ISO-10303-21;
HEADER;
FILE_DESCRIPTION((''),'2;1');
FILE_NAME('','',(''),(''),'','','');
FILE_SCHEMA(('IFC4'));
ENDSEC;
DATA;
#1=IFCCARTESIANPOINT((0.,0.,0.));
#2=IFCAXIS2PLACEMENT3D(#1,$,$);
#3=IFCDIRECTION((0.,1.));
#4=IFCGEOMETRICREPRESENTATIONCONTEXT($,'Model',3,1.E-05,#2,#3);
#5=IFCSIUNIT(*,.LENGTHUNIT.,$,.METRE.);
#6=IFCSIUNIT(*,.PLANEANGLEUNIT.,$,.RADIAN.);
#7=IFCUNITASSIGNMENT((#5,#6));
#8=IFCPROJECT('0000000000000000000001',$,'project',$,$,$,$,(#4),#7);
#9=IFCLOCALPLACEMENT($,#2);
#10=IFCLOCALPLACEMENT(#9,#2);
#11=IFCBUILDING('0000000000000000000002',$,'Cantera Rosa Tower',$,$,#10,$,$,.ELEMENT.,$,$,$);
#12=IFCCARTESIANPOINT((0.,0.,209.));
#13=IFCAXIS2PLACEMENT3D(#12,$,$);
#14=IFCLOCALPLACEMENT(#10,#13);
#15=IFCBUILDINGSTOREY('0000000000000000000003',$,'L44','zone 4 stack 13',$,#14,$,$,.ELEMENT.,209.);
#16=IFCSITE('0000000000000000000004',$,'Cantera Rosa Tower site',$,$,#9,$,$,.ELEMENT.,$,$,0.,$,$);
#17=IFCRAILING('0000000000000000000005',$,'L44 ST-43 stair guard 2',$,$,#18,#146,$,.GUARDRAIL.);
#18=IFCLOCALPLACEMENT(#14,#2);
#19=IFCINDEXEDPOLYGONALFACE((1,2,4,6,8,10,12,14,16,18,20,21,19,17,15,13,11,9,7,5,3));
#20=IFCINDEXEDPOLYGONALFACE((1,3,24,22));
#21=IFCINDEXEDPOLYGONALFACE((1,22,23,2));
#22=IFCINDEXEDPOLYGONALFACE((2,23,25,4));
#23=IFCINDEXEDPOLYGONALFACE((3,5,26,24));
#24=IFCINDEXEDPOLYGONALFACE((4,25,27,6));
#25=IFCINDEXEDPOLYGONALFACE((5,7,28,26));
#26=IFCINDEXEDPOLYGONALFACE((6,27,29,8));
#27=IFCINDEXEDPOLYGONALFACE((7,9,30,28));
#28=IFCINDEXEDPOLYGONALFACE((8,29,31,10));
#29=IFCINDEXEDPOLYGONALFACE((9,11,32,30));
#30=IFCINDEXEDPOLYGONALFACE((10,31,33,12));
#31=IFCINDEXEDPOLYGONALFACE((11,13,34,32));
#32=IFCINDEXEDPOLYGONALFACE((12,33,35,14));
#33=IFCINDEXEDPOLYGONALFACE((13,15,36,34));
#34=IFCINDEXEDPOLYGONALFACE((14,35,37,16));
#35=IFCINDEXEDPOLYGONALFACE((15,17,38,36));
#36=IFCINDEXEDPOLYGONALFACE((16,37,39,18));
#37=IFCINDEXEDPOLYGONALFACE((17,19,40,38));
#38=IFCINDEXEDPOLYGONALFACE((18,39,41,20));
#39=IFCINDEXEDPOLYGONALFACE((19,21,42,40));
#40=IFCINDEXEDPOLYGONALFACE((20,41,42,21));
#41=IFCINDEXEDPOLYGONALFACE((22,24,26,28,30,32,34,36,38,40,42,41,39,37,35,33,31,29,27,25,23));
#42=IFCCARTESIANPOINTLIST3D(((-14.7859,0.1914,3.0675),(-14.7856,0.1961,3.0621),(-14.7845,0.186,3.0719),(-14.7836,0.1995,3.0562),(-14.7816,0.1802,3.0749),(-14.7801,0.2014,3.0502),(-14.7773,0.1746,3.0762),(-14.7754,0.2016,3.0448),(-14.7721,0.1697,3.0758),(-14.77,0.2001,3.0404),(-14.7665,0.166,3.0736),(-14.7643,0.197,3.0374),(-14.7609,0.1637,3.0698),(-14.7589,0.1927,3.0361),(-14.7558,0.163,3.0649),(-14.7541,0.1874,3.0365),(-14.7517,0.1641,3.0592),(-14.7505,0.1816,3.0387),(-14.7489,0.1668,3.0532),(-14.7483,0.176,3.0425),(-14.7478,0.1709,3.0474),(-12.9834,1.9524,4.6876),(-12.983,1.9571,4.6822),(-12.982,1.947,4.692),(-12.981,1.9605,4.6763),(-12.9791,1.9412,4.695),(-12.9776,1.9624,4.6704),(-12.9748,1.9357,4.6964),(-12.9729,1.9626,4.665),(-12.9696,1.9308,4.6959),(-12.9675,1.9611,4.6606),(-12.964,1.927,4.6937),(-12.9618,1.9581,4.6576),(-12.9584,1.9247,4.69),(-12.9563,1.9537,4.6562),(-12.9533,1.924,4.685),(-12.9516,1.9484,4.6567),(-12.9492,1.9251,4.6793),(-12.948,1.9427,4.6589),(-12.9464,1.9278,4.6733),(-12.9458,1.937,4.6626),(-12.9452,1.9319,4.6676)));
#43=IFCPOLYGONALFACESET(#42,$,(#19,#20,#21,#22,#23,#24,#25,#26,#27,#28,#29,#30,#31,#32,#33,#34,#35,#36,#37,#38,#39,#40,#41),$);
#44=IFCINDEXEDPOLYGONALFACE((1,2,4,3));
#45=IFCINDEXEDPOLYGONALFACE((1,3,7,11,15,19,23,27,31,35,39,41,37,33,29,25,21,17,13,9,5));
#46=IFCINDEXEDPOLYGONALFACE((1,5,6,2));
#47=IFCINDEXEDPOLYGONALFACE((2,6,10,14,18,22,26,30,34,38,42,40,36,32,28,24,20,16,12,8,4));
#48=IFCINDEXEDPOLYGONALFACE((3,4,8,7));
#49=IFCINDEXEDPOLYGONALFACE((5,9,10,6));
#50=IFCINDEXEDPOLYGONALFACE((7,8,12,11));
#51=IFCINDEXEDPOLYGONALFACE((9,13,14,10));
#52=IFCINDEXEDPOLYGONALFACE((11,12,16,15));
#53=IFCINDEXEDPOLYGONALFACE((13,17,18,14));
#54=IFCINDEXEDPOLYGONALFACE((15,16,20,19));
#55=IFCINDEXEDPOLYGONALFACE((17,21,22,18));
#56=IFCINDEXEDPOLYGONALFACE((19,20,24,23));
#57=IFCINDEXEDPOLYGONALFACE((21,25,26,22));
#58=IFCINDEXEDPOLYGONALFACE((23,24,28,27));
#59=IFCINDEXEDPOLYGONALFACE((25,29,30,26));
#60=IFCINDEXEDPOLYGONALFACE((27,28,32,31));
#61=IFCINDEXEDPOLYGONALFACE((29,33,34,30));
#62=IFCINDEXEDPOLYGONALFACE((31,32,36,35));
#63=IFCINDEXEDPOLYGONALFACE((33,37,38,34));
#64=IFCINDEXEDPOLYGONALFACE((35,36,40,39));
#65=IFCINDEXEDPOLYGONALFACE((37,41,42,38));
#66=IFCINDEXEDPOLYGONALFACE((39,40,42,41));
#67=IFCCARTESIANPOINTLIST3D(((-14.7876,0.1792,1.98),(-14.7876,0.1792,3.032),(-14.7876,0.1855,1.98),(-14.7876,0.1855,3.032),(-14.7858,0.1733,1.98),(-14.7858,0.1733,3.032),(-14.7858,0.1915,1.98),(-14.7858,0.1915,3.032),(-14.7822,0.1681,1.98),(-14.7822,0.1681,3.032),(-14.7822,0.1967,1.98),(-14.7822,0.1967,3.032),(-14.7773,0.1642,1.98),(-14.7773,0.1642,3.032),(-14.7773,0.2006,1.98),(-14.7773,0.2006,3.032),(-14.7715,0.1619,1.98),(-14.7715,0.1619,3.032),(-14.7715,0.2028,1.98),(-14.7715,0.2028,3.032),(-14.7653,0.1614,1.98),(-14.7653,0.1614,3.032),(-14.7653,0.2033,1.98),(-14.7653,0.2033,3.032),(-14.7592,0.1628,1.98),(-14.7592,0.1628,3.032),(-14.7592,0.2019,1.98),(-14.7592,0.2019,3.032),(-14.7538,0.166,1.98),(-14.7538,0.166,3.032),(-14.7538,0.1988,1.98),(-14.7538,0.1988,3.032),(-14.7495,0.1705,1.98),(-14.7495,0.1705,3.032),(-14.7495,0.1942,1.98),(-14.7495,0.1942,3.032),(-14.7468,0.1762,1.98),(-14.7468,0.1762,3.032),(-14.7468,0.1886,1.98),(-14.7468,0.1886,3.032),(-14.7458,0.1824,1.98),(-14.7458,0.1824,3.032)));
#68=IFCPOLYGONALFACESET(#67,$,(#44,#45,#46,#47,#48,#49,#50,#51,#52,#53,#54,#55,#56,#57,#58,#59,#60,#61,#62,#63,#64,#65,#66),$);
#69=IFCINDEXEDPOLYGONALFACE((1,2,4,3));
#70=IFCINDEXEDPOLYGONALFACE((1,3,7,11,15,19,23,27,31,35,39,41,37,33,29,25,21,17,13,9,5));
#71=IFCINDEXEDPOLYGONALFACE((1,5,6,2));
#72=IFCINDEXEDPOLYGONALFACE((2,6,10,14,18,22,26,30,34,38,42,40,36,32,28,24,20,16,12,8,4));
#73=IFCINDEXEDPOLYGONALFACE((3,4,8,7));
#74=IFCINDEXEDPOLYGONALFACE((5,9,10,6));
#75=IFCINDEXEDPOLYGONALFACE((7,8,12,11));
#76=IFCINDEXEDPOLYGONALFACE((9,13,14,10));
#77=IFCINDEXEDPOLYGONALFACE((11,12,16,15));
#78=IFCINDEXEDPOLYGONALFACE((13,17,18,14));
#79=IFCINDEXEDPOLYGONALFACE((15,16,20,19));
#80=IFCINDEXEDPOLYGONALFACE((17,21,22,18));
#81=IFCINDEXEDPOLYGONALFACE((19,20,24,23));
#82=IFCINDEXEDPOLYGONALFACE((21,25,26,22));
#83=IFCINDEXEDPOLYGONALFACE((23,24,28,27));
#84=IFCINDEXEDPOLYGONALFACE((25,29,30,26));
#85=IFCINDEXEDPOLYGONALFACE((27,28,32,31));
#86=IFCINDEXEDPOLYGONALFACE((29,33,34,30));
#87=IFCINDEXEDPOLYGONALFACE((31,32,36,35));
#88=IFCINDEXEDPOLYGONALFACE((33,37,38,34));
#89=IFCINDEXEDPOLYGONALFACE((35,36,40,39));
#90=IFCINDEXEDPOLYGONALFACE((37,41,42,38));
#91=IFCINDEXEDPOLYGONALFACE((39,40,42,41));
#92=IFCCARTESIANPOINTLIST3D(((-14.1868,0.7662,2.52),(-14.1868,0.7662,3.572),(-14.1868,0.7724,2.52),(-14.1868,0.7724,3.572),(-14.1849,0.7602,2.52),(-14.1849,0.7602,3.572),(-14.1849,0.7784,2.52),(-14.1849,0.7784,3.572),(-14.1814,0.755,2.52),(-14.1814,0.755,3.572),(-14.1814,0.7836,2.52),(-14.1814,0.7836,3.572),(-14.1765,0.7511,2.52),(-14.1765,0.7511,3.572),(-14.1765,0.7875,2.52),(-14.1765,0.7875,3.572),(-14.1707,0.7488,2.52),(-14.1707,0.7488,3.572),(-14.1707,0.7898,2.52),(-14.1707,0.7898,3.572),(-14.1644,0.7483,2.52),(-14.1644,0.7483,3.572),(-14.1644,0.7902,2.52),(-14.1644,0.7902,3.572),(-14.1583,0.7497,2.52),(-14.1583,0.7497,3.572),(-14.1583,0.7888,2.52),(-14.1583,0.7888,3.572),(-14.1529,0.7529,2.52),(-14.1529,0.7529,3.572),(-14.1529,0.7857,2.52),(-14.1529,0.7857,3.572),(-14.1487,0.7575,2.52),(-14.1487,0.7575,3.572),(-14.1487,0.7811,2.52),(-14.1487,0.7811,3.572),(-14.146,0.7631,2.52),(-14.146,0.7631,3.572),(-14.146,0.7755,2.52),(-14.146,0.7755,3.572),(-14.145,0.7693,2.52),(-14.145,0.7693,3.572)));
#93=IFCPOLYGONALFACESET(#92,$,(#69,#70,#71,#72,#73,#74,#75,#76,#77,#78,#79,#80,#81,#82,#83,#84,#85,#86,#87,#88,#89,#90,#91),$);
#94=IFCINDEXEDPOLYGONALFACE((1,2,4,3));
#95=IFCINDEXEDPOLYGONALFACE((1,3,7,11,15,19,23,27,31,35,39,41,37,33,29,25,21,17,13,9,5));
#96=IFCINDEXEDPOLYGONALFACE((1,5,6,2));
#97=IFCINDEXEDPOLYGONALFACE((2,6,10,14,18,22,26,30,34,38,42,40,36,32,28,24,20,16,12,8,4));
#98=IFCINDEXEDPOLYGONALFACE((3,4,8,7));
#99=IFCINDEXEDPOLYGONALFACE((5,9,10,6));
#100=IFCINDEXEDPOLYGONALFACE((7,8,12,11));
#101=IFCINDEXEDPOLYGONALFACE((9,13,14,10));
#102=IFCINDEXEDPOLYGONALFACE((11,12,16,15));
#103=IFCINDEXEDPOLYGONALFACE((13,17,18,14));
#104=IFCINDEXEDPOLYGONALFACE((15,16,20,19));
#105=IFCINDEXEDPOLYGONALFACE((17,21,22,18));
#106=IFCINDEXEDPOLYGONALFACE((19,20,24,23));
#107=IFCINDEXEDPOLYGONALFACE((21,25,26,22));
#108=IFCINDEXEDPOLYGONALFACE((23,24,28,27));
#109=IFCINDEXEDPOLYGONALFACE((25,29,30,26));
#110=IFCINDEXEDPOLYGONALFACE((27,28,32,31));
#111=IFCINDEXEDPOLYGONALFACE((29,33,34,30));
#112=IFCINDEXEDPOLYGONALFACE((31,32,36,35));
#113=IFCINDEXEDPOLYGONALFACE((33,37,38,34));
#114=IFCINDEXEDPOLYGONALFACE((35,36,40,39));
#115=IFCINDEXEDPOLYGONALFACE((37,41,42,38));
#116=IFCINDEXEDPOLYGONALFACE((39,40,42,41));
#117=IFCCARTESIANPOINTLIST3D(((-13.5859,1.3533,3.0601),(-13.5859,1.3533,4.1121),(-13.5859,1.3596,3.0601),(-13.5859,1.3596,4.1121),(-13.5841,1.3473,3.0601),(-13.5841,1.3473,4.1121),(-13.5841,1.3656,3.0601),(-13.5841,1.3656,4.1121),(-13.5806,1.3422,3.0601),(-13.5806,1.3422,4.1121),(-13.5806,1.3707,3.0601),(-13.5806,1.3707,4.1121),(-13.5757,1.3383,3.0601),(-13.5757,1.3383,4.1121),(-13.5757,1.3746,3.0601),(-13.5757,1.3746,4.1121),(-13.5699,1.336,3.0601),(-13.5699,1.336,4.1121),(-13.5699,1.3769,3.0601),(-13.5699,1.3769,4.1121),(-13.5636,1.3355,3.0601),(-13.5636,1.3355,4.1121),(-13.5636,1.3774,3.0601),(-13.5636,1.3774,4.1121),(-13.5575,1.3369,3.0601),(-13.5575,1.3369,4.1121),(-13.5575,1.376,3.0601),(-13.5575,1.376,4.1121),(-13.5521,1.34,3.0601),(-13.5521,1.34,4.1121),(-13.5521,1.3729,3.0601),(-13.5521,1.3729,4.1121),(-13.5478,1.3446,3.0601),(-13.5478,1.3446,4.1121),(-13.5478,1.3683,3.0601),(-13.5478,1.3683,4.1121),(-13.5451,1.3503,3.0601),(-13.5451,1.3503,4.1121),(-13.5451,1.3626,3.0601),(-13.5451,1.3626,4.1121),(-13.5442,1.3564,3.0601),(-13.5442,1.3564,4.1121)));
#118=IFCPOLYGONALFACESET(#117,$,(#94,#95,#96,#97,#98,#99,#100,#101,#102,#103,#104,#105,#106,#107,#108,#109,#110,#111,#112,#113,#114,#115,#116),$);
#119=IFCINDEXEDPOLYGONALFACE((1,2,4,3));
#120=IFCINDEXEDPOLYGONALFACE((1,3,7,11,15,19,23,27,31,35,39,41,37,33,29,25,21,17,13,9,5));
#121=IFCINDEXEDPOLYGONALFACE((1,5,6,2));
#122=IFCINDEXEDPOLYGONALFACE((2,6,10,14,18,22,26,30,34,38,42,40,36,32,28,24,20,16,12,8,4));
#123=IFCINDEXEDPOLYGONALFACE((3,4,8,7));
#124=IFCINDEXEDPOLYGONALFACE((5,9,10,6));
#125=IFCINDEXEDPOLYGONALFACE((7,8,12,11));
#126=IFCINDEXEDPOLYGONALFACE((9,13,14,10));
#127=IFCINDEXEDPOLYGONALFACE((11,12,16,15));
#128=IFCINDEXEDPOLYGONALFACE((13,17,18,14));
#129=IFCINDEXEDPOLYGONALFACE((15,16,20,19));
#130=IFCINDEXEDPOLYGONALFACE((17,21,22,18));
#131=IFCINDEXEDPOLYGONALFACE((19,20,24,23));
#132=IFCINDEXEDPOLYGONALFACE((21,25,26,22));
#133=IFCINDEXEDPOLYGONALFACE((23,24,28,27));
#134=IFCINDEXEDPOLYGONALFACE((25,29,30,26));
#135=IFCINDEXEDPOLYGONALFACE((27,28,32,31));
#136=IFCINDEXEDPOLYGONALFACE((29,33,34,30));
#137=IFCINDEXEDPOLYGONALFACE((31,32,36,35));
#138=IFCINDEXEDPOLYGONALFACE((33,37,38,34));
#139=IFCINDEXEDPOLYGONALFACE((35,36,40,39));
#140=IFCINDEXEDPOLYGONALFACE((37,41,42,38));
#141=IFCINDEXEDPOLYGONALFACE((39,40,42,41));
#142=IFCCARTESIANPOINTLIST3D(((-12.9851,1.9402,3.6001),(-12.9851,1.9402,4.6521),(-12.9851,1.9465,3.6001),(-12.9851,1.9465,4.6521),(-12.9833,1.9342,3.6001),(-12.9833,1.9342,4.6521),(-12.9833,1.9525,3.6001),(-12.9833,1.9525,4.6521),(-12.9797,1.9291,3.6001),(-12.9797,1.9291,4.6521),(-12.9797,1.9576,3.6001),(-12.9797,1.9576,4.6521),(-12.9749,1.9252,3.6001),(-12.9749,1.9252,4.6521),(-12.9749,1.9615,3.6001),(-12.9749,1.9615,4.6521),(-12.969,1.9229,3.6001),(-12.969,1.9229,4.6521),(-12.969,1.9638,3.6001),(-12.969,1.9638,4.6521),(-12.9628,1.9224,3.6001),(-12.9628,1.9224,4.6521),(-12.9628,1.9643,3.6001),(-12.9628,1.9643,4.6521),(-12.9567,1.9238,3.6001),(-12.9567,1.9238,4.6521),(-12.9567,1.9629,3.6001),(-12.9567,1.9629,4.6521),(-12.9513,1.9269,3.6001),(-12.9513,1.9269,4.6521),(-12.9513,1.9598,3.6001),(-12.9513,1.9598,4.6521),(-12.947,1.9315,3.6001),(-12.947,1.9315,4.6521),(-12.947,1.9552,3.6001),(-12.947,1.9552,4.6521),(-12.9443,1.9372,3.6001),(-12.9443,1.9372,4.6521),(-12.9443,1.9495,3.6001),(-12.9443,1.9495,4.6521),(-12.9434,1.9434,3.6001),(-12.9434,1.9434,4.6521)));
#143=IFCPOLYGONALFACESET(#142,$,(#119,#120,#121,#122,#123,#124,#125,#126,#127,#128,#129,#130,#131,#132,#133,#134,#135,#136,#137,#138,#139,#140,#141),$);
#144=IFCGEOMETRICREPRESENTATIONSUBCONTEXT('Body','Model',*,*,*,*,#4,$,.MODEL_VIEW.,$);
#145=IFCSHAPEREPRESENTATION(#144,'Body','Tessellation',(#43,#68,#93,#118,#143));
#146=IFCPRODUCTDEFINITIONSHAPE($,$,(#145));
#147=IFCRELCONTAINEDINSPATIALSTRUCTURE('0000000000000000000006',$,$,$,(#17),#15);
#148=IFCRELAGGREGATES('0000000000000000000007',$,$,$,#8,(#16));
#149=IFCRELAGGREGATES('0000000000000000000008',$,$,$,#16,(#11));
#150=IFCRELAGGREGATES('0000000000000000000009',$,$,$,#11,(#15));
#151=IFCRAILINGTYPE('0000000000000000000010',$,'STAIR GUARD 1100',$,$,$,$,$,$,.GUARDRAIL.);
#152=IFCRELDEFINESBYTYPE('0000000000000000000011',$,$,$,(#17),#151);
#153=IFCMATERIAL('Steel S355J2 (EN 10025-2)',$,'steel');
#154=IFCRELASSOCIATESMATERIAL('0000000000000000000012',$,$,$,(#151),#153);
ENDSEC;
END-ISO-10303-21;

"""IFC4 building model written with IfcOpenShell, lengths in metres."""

from ifc_helpers import new_model, si_unit, direction, frame, origin, origin_2d, place, context, subcontext, project, spatial, circle, extrude, material, type_object, element, save


model = new_model("IFC4")

# Units and contexts
model_context = context("Model", 3, precision=1e-05, world=origin(), true_north=direction((0.0, 1.0)))
body_context = subcontext(model_context, "Body", "Model", "MODEL_VIEW")
ifc_project = project(units=[si_unit("LENGTHUNIT", "METRE"), si_unit("PLANEANGLEUNIT", "RADIAN")], contexts=[model_context])

# Site, building, storey
site_placement = place(None, origin())
site = spatial("IfcSite", under=ifc_project, at=site_placement, Name="Cantera Rosa Tower site", CompositionType="ELEMENT", RefElevation=0.0)
building_placement = place(site_placement, origin())
building = spatial("IfcBuilding", under=site, at=building_placement, Name="Cantera Rosa Tower", CompositionType="ELEMENT")
storey_placement = place(building_placement, frame((0.0, 0.0, 209.0)))
storey = spatial("IfcBuildingStorey", under=building, at=storey_placement, Name="L44", Description="zone 4 stack 13", CompositionType="ELEMENT", Elevation=209.0)

# Railing
ifc_material_1 = material(Name="Steel S355J2 (EN 10025-2)", Category="steel")
railing_type_1 = type_object("IfcRailingType", Name="STAIR GUARD 1100", PredefinedType="GUARDRAIL", material=ifc_material_1)
railing_1_placement = place(storey_placement, frame((-14.7668, 0.1824, 1.98)))
element("IfcRailing", 1, at=railing_1_placement, inside=storey, type_object=railing_type_1, Name="L44 ST-43 stair guard 2", PredefinedType="GUARDRAIL", context=body_context, shape_type="SweptSolid", body=[
    extrude(circle(Radius=0.0239, at=origin_2d()), frame((0.0, 0.0, 1.0762), z_axis=(0.601672, 0.587818, 0.540796), x_axis=(-0.698824, 0.715294, 0.0)), (0.0, 0.0, 1.0), 2.9958),
    extrude(circle(Radius=0.021, at=origin_2d()), origin(), (0.0, 0.0, 1.0), 1.052),
    extrude(circle(Radius=0.021, at=origin_2d()), frame((0.6008, 0.5869, 0.54)), (0.0, 0.0, 1.0), 1.052),
    extrude(circle(Radius=0.021, at=origin_2d()), frame((1.2017, 1.1741, 1.0801)), (0.0, 0.0, 1.0), 1.052),
    extrude(circle(Radius=0.021, at=origin_2d()), frame((1.8025, 1.761, 1.6201)), (0.0, 0.0, 1.0), 1.052),
])

save(model, "model.ifc")
